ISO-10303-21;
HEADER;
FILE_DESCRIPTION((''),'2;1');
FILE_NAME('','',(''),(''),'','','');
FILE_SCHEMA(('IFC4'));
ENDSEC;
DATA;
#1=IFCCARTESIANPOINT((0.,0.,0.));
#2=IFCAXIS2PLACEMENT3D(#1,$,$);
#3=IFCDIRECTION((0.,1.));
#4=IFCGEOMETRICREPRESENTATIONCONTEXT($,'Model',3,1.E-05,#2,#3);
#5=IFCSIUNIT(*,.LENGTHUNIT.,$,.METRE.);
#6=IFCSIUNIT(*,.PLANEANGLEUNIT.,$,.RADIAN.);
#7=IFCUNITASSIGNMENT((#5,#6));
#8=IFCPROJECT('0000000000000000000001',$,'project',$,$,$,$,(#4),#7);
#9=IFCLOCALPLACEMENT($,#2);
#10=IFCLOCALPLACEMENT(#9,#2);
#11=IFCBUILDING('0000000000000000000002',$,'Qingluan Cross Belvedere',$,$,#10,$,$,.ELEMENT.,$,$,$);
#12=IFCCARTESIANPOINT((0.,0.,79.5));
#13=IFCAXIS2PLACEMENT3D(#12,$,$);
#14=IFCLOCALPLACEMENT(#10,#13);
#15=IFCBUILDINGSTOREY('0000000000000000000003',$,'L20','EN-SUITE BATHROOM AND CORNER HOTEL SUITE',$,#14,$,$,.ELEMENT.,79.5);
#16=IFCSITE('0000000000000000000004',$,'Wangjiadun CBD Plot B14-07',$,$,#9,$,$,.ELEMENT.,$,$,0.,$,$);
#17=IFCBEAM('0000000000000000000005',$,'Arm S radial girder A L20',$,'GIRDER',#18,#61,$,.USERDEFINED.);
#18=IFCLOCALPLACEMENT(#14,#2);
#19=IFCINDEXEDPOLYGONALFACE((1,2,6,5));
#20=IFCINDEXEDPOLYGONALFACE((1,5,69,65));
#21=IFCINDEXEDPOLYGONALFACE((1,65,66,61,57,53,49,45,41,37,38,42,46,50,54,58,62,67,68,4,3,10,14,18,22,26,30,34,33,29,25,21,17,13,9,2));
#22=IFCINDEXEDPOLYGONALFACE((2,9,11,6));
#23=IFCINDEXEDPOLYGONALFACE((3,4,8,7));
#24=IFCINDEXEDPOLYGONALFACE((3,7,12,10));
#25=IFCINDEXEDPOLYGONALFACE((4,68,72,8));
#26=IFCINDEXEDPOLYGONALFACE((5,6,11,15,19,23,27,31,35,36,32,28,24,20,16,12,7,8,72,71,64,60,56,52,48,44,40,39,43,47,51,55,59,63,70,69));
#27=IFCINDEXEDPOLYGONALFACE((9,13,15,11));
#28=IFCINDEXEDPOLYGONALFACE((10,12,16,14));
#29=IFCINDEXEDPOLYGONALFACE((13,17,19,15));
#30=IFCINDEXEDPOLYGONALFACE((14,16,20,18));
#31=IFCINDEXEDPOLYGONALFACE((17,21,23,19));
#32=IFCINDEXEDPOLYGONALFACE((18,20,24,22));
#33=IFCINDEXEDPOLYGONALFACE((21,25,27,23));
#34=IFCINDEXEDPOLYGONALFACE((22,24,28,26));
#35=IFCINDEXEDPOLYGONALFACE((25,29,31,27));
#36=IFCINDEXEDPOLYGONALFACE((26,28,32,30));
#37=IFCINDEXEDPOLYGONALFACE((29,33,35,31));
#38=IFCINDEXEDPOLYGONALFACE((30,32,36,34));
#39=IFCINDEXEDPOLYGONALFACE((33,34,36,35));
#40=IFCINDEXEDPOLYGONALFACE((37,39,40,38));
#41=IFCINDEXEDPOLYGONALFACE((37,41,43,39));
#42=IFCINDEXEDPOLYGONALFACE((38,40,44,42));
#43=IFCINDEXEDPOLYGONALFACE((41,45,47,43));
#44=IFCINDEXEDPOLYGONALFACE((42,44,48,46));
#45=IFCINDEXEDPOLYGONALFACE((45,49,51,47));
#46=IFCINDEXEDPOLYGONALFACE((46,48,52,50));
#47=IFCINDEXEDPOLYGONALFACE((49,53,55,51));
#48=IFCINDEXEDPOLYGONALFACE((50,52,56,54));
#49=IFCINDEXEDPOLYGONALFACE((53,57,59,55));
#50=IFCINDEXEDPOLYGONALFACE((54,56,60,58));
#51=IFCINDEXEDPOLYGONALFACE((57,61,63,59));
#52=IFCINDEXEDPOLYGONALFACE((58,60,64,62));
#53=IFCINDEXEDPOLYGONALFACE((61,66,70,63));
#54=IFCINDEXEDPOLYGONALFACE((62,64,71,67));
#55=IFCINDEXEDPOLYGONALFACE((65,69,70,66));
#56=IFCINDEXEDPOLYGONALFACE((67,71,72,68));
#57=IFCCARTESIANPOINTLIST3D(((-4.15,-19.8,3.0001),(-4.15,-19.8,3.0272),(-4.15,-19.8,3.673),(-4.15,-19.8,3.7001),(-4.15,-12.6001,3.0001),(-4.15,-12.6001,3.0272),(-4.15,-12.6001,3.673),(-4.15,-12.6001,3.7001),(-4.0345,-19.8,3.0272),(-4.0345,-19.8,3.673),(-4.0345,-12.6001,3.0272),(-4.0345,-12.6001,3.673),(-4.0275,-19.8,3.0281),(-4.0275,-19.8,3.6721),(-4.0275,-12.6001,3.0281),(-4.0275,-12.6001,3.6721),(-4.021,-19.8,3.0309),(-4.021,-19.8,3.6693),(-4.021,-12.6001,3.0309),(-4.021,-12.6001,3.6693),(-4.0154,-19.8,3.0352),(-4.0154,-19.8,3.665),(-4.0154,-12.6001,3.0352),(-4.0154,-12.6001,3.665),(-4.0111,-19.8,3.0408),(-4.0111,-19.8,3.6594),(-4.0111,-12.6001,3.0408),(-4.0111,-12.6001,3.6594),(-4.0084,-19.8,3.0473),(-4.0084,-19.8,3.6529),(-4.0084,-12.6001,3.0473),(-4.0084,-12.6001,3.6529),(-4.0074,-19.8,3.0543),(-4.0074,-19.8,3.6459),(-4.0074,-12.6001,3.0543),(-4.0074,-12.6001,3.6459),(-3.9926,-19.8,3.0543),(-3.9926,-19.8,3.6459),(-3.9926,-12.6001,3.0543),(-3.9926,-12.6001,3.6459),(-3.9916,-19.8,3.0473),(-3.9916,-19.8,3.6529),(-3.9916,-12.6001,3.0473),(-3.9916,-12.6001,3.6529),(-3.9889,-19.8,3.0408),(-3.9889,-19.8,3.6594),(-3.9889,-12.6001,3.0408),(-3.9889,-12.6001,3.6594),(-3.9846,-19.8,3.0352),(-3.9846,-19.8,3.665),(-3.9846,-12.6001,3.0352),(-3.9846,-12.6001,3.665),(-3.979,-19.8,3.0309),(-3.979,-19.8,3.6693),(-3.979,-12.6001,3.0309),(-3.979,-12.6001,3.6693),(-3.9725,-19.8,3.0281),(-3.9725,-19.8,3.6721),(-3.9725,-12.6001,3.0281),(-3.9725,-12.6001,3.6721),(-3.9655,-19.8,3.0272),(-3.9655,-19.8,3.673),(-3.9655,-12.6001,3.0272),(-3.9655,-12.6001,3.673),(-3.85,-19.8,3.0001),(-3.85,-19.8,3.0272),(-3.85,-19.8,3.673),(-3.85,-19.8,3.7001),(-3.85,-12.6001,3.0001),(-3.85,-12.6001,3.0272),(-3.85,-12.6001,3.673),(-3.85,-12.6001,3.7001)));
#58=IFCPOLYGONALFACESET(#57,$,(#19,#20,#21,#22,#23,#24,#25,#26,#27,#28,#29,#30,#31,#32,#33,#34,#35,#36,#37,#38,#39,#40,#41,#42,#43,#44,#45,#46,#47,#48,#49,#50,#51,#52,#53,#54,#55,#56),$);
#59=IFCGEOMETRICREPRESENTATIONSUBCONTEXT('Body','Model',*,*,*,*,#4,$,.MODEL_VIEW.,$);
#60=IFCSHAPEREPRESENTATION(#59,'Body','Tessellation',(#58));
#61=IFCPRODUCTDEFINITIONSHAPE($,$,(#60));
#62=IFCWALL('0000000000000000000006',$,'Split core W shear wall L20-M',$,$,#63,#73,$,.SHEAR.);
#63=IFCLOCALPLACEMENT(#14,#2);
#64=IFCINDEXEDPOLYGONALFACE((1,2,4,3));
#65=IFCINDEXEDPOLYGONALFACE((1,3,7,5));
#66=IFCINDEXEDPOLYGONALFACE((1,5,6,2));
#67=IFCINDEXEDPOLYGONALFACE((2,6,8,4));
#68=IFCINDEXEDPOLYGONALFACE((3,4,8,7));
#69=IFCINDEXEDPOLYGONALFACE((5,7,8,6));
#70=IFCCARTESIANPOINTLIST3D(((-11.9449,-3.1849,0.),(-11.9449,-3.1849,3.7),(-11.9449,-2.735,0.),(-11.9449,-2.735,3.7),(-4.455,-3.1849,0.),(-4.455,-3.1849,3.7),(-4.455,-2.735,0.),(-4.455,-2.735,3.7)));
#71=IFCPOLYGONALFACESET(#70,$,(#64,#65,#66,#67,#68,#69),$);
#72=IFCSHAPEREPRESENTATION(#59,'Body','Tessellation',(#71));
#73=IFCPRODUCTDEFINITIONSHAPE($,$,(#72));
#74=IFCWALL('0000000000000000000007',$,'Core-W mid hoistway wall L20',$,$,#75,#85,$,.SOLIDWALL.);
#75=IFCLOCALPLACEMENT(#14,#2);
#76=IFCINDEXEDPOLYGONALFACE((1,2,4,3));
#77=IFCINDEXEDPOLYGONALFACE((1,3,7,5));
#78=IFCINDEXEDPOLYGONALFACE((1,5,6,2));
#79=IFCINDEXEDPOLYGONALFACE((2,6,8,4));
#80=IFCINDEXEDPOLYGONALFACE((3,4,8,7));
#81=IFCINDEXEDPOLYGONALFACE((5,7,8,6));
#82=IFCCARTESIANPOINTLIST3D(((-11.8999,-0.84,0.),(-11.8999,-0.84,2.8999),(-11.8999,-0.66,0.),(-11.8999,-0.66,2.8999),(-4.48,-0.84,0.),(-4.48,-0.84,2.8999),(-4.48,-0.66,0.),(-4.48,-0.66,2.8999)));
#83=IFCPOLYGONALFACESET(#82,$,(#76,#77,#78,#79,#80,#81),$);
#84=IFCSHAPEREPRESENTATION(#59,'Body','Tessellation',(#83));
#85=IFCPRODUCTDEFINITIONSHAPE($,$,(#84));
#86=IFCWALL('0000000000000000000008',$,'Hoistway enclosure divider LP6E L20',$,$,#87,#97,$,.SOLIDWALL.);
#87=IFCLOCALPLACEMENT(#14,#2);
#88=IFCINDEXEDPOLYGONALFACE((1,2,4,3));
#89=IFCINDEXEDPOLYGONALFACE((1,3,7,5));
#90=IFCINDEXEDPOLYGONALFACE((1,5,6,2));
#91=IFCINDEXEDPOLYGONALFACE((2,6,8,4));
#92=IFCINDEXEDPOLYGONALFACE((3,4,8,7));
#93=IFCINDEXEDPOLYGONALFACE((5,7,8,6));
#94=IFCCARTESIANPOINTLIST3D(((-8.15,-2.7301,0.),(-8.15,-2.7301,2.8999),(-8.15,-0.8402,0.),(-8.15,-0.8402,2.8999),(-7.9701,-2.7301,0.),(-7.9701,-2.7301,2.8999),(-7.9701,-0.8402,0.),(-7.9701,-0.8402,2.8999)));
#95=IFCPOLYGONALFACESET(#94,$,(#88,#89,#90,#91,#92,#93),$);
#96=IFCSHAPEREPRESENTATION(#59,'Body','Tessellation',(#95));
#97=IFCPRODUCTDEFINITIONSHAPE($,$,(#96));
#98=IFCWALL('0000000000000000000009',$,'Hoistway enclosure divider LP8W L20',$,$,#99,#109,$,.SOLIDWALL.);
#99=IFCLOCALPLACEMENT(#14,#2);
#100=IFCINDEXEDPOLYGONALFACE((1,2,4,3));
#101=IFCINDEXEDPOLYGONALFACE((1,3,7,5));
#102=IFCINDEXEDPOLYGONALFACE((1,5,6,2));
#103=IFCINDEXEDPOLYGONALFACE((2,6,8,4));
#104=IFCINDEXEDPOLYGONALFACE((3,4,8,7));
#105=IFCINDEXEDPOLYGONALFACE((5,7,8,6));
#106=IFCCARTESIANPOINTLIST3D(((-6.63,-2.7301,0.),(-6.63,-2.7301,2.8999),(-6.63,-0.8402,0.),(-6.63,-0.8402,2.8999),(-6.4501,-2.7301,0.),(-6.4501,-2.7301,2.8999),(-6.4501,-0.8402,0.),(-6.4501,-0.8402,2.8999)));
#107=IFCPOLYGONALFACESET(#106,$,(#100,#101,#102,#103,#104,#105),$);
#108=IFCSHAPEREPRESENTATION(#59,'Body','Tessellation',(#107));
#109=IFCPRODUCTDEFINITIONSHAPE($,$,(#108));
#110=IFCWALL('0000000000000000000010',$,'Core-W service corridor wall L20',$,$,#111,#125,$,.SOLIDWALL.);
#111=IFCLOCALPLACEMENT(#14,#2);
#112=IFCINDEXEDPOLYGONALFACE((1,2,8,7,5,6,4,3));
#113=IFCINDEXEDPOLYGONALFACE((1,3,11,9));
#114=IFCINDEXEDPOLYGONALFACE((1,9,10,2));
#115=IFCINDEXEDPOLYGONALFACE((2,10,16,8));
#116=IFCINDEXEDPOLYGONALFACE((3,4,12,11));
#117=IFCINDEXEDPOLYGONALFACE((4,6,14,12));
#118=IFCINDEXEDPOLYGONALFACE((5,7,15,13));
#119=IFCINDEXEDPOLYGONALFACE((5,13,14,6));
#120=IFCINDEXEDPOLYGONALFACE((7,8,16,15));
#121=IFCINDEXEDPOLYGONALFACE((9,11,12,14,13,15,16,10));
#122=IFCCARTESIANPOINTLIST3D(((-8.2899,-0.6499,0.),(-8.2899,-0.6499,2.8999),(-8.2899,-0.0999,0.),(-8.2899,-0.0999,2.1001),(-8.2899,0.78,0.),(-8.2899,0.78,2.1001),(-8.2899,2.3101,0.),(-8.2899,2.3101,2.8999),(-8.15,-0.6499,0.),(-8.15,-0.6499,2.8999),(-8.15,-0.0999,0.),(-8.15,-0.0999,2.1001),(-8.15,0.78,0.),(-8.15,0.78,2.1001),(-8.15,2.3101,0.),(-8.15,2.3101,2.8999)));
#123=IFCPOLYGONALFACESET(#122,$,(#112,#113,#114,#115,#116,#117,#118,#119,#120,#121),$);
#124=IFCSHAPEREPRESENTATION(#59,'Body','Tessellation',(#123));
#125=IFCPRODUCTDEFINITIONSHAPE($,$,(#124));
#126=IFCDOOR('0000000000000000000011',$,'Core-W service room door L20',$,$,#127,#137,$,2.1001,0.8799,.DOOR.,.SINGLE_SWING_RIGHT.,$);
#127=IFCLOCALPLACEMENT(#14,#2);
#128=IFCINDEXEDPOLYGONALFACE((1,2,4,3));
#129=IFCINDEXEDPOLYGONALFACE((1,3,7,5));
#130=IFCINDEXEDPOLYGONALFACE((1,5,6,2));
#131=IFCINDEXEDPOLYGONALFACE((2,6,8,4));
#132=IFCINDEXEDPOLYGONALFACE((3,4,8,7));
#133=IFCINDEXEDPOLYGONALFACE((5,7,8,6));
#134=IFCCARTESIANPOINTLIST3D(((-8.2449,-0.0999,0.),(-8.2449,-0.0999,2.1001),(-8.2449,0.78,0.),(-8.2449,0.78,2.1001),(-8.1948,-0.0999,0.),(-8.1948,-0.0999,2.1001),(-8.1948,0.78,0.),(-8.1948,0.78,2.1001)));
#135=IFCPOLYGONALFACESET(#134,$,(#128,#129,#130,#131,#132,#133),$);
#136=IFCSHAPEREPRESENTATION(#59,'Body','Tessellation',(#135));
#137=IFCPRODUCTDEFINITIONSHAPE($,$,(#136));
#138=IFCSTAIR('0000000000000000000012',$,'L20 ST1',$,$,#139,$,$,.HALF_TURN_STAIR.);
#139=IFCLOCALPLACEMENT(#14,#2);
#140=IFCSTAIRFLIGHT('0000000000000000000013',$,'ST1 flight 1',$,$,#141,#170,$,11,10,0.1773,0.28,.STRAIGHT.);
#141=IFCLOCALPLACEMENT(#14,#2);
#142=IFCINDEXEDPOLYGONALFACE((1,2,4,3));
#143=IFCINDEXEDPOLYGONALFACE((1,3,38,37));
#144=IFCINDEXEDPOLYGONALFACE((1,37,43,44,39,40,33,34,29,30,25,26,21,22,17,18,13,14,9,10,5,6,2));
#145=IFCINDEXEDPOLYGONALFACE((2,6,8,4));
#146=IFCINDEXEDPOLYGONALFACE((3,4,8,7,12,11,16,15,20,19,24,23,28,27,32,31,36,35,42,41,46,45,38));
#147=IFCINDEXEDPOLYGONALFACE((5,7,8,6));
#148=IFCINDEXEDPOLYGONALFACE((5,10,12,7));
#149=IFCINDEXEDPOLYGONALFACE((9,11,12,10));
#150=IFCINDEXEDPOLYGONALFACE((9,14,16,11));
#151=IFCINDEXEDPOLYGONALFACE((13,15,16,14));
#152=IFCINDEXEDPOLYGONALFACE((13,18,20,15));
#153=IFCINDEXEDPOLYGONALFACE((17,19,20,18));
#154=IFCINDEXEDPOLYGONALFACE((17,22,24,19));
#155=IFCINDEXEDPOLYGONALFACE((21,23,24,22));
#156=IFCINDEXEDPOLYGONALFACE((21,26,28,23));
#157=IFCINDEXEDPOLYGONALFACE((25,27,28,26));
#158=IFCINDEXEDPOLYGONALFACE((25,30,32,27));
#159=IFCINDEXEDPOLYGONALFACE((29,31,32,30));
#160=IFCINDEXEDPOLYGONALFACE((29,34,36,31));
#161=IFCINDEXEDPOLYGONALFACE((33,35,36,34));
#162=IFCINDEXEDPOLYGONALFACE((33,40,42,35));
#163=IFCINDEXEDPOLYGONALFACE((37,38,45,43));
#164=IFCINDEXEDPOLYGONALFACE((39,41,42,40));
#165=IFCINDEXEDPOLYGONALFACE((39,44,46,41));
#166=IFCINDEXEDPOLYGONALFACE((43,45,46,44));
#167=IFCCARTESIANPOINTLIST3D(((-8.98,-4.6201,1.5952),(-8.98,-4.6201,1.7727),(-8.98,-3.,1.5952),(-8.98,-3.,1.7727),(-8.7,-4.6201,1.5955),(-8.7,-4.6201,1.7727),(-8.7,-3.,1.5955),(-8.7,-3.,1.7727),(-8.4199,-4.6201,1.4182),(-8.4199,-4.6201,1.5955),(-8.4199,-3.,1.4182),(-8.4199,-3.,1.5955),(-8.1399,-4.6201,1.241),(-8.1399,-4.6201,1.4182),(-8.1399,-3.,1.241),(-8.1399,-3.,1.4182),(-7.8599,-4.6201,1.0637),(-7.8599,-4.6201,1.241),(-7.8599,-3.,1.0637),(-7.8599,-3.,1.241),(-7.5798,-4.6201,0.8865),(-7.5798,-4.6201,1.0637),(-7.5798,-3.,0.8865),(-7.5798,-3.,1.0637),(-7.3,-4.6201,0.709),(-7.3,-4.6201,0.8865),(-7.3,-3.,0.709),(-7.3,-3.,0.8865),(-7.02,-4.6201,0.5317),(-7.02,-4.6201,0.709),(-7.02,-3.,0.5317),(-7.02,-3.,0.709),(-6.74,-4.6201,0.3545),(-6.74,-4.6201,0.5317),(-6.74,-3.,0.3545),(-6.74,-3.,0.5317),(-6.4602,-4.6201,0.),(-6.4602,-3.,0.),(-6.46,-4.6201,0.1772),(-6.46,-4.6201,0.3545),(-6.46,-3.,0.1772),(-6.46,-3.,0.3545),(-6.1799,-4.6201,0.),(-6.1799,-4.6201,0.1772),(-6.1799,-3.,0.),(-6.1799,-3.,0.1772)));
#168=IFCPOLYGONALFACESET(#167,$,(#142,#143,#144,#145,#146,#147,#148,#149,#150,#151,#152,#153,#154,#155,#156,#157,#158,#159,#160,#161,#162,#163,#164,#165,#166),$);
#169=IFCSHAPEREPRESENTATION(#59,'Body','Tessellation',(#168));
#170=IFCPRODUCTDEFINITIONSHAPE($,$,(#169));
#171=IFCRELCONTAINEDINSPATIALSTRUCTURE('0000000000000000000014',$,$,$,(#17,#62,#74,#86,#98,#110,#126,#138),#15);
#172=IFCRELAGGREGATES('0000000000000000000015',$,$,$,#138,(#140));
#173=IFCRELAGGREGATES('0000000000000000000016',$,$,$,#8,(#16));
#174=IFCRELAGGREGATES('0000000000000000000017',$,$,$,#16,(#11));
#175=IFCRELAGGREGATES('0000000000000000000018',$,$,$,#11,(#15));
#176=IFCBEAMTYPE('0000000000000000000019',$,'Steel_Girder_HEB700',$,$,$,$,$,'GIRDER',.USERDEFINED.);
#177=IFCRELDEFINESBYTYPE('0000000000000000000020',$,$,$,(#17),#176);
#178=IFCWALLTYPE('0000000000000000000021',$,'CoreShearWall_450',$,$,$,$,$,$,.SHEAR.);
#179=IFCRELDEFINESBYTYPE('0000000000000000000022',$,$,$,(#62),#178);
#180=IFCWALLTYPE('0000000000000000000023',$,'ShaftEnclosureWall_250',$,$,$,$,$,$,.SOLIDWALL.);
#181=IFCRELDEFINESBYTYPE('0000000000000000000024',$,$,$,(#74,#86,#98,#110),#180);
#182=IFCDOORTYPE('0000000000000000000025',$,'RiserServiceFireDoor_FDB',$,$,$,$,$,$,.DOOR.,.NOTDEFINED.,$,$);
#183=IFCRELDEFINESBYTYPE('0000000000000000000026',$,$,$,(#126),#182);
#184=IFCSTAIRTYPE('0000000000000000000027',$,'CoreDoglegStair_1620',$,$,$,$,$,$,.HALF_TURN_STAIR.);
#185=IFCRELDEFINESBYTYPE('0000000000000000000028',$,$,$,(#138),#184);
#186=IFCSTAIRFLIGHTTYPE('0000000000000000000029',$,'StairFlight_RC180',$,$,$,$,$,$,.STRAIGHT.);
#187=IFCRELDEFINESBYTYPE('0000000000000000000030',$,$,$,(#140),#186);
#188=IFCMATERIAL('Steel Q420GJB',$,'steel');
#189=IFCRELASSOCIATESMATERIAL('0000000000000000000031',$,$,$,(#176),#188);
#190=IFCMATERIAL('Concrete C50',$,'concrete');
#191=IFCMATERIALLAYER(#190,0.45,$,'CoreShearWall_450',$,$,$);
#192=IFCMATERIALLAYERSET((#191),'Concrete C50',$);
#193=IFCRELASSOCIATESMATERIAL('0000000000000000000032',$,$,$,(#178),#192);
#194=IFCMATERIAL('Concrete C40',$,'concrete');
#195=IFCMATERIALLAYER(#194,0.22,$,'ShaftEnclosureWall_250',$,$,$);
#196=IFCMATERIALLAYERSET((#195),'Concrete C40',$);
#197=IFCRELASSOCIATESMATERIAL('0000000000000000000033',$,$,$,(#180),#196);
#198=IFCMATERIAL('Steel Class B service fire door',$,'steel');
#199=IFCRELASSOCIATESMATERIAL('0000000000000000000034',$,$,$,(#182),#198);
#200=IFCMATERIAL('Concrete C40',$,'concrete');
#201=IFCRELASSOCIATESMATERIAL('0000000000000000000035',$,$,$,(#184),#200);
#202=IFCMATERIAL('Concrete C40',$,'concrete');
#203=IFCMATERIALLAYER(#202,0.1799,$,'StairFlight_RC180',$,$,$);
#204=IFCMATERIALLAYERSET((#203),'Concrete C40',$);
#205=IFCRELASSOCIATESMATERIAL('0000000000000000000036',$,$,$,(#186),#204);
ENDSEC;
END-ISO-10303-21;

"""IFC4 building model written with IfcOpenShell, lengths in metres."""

from ifc_helpers import new_model, si_unit, direction, frame, frame_2d, origin, origin_2d, place, context, subcontext, project, spatial, polyline, rectangle, i_section, outline, extrude, material, layer, layer_set, material_profile, profile_set, type_object, element, fill, aggregate, save


model = new_model("IFC4")

# Units and contexts
model_context = context("Model", 3, precision=1e-05, world=origin(), true_north=direction((0.0, 1.0)))
body_context = subcontext(model_context, "Body", "Model", "MODEL_VIEW")
ifc_project = project(units=[si_unit("LENGTHUNIT", "METRE"), si_unit("PLANEANGLEUNIT", "RADIAN")], contexts=[model_context])

# Site, building, storey
site_placement = place(None, origin())
site = spatial("IfcSite", under=ifc_project, at=site_placement, Name="Wangjiadun CBD Plot B14-07", CompositionType="ELEMENT", RefElevation=0.0)
building_placement = place(site_placement, origin())
building = spatial("IfcBuilding", under=site, at=building_placement, Name="Qingluan Cross Belvedere", CompositionType="ELEMENT")
storey_placement = place(building_placement, frame((0.0, 0.0, 79.5)))
storey = spatial("IfcBuildingStorey", under=building, at=storey_placement, Name="L20", Description="EN-SUITE BATHROOM AND CORNER HOTEL SUITE", CompositionType="ELEMENT", Elevation=79.5)

# Beam
ifc_material_1 = material(Name="Steel Q420GJB", Category="steel")
ifc_material_profile_1 = material_profile(ifc_material_1, i_section(OverallWidth=0.3, OverallDepth=0.7, WebThickness=0.0149, FlangeThickness=0.0271, FilletRadius=0.0271, at=origin_2d()), Name="HEB700")
ifc_profile_set_1 = profile_set([ifc_material_profile_1], Name="Steel Q420GJB")
beam_type_1 = type_object("IfcBeamType", Name="Steel_Girder_HEB700", ElementType="GIRDER", PredefinedType="USERDEFINED", material=ifc_profile_set_1)
beam_1_placement = place(storey_placement, frame((-4.0, -12.6001, 3.3501), z_axis=(0.0, -1.0, 0.0), x_axis=(1.0, 0.0, 0.0)))
element("IfcBeam", 1, at=beam_1_placement, inside=storey, type_object=beam_type_1, Name="Arm S radial girder A L20", ObjectType="GIRDER", PredefinedType="USERDEFINED", context=body_context, shape_type="SweptSolid", body=[
    extrude(i_section(OverallWidth=0.3, OverallDepth=0.7, WebThickness=0.0149, FlangeThickness=0.0271, FilletRadius=0.0271, at=origin_2d()), origin(), (0.0, 0.0, 1.0), 7.2),
])

# Wall
ifc_material_2 = material(Name="Concrete C50", Category="concrete")
ifc_layer_1 = layer(ifc_material_2, 0.45, Name="CoreShearWall_450")
ifc_layer_set_1 = layer_set([ifc_layer_1], Name="Concrete C50")
wall_type_1 = type_object("IfcWallType", Name="CoreShearWall_450", PredefinedType="SHEAR", material=ifc_layer_set_1)
wall_1_placement = place(storey_placement, frame((-11.9451, -2.96, 0.0), z_axis=(0.0, 0.0, 1.0), x_axis=(1.0, 0.0, 0.0)))
element("IfcWall", 2, at=wall_1_placement, inside=storey, type_object=wall_type_1, Name="Split core W shear wall L20-M", PredefinedType="SHEAR", context=body_context, shape_type="SweptSolid", body=[
    extrude(rectangle(XDim=7.49, YDim=0.45, at=frame_2d((3.7451, 0.0))), origin(), (0.0, 0.0, 1.0), 3.7),
])

# Walls
ifc_material_3 = material(Name="Concrete C40", Category="concrete")
ifc_layer_2 = layer(ifc_material_3, 0.22, Name="ShaftEnclosureWall_250")
ifc_layer_set_2 = layer_set([ifc_layer_2], Name="Concrete C40")
wall_type_2 = type_object("IfcWallType", Name="ShaftEnclosureWall_250", PredefinedType="SOLIDWALL", material=ifc_layer_set_2)
wall_2_placement = place(storey_placement, frame((-11.8999, -0.75, 0.0), z_axis=(0.0, 0.0, 1.0), x_axis=(1.0, 0.0, 0.0)))
element("IfcWall", 3, at=wall_2_placement, inside=storey, type_object=wall_type_2, Name="Core-W mid hoistway wall L20", PredefinedType="SOLIDWALL", context=body_context, shape_type="SweptSolid", body=[
    extrude(rectangle(XDim=7.4199, YDim=0.1799, at=frame_2d((3.71, 0.0))), origin(), (0.0, 0.0, 1.0), 2.8999),
])
for number, where, z_axis, x_axis, name in (
    (4, (-8.0601, -2.73, 0.0), (0.0, 0.0, 1.0), (0.0, 1.0, 0.0), "Hoistway enclosure divider LP6E L20"),
    (5, (-6.54, -2.73, 0.0), (0.0, 0.0, 1.0), (0.0, 1.0, 0.0), "Hoistway enclosure divider LP8W L20"),
):
    element("IfcWall", number, at=place(storey_placement, frame(where, z_axis=z_axis, x_axis=x_axis)), inside=storey, type_object=wall_type_2, Name=name, PredefinedType="SOLIDWALL", context=body_context, shape_type="SweptSolid", body=[
        extrude(rectangle(XDim=1.8899, YDim=0.1799, at=frame_2d((0.9448, 0.0))), origin(), (0.0, 0.0, 1.0), 2.8999),
    ])

# Wall, opening, door
wall_3_placement = place(storey_placement, frame((-8.22, -0.6499, 0.0), z_axis=(0.0, 0.0, 1.0), x_axis=(0.0, 1.0, 0.0)))
wall_3 = element("IfcWall", 6, at=wall_3_placement, inside=storey, type_object=wall_type_2, Name="Core-W service corridor wall L20", PredefinedType="SOLIDWALL", context=body_context, shape_type="SweptSolid", body=[
    extrude(rectangle(XDim=2.96, YDim=0.1399, at=frame_2d((1.48, 0.0))), origin(), (0.0, 0.0, 1.0), 2.8999),
])
opening_1_placement = place(wall_3_placement, frame((0.55, 0.0, 0.0)))
opening_1 = element("IfcOpeningElement", 7, at=opening_1_placement, cuts=wall_3, PredefinedType="OPENING", context=body_context, shape_type="SweptSolid", body=[
    extrude(rectangle(XDim=0.8799, YDim=2.1001, at=frame_2d((0.4399, 1.05))), frame((0.0, 0.0798, 0.0), z_axis=(0.0, -1.0, 0.0), x_axis=(1.0, 0.0, 0.0)), (0.0, 0.0, 1.0), 0.1599),
])
ifc_material_4 = material(Name="Steel Class B service fire door", Category="steel")
door_type_1 = type_object("IfcDoorType", Name="RiserServiceFireDoor_FDB", OperationType="NOTDEFINED", PredefinedType="DOOR", material=ifc_material_4)
door_1_placement = place(opening_1_placement, origin())
door_1 = element("IfcDoor", 8, at=door_1_placement, inside=storey, type_object=door_type_1, Name="Core-W service room door L20", OperationType="SINGLE_SWING_RIGHT", OverallHeight=2.1001, OverallWidth=0.8799, PredefinedType="DOOR", context=body_context, shape_type="SweptSolid", body=[
    extrude(rectangle(XDim=0.8799, YDim=2.1001, at=frame_2d((0.4399, 1.05))), frame((0.0, 0.0249, 0.0), z_axis=(0.0, -1.0, 0.0), x_axis=(1.0, 0.0, 0.0)), (0.0, 0.0, 1.0), 0.05),
])
fill(opening_1, door_1)

# Stair, stair flight
ifc_material_5 = material(Name="Concrete C40", Category="concrete")
stair_type = type_object("IfcStairType", Name="CoreDoglegStair_1620", PredefinedType="HALF_TURN_STAIR", material=ifc_material_5)
stair_placement = place(storey_placement, origin())
stair = element("IfcStair", 9, at=stair_placement, inside=storey, type_object=stair_type, Name="L20 ST1", PredefinedType="HALF_TURN_STAIR")
ifc_material_6 = material(Name="Concrete C40", Category="concrete")
ifc_layer_3 = layer(ifc_material_6, 0.1799, Name="StairFlight_RC180")
ifc_layer_set_3 = layer_set([ifc_layer_3], Name="Concrete C40")
stair_flight_type = type_object("IfcStairFlightType", Name="StairFlight_RC180", PredefinedType="STRAIGHT", material=ifc_layer_set_3)
stair_flight_1_placement = place(storey_placement, frame((-6.1799, -3.8101, 0.0), z_axis=(0.0, 0.0, 1.0), x_axis=(-1.0, 0.0, 0.0)))
stair_flight_1 = element("IfcStairFlight", 10, at=stair_flight_1_placement, type_object=stair_flight_type, Name="ST1 flight 1", NumberOfRisers=11, NumberOfTreads=10, PredefinedType="STRAIGHT", RiserHeight=0.1773, TreadLength=0.28, context=body_context, shape_type="SweptSolid", body=[
    extrude(outline(polyline([(0.0, 0.0), (0.0, 0.1772), (0.28, 0.1772), (0.28, 0.3545), (0.5601, 0.3545), (0.5601, 0.5317), (0.8401, 0.5317), (0.8401, 0.709), (1.1201, 0.709), (1.1201, 0.8865), (1.3999, 0.8865), (1.3999, 1.0637), (1.6799, 1.0637), (1.6799, 1.241), (1.96, 1.241), (1.96, 1.4182), (2.24, 1.4182), (2.24, 1.5955), (2.52, 1.5955), (2.52, 1.7727), (2.8, 1.7727), (2.8, 1.95), (2.8, 1.5952), (0.2803, 0.0), (0.0, 0.0)])), frame((0.0, 0.8101, 0.0), z_axis=(0.0, -1.0, 0.0), x_axis=(1.0, 0.0, 0.0)), (0.0, 0.0, 1.0), 1.6201),
])
aggregate(stair, [stair_flight_1])

save(model, "model.ifc")
